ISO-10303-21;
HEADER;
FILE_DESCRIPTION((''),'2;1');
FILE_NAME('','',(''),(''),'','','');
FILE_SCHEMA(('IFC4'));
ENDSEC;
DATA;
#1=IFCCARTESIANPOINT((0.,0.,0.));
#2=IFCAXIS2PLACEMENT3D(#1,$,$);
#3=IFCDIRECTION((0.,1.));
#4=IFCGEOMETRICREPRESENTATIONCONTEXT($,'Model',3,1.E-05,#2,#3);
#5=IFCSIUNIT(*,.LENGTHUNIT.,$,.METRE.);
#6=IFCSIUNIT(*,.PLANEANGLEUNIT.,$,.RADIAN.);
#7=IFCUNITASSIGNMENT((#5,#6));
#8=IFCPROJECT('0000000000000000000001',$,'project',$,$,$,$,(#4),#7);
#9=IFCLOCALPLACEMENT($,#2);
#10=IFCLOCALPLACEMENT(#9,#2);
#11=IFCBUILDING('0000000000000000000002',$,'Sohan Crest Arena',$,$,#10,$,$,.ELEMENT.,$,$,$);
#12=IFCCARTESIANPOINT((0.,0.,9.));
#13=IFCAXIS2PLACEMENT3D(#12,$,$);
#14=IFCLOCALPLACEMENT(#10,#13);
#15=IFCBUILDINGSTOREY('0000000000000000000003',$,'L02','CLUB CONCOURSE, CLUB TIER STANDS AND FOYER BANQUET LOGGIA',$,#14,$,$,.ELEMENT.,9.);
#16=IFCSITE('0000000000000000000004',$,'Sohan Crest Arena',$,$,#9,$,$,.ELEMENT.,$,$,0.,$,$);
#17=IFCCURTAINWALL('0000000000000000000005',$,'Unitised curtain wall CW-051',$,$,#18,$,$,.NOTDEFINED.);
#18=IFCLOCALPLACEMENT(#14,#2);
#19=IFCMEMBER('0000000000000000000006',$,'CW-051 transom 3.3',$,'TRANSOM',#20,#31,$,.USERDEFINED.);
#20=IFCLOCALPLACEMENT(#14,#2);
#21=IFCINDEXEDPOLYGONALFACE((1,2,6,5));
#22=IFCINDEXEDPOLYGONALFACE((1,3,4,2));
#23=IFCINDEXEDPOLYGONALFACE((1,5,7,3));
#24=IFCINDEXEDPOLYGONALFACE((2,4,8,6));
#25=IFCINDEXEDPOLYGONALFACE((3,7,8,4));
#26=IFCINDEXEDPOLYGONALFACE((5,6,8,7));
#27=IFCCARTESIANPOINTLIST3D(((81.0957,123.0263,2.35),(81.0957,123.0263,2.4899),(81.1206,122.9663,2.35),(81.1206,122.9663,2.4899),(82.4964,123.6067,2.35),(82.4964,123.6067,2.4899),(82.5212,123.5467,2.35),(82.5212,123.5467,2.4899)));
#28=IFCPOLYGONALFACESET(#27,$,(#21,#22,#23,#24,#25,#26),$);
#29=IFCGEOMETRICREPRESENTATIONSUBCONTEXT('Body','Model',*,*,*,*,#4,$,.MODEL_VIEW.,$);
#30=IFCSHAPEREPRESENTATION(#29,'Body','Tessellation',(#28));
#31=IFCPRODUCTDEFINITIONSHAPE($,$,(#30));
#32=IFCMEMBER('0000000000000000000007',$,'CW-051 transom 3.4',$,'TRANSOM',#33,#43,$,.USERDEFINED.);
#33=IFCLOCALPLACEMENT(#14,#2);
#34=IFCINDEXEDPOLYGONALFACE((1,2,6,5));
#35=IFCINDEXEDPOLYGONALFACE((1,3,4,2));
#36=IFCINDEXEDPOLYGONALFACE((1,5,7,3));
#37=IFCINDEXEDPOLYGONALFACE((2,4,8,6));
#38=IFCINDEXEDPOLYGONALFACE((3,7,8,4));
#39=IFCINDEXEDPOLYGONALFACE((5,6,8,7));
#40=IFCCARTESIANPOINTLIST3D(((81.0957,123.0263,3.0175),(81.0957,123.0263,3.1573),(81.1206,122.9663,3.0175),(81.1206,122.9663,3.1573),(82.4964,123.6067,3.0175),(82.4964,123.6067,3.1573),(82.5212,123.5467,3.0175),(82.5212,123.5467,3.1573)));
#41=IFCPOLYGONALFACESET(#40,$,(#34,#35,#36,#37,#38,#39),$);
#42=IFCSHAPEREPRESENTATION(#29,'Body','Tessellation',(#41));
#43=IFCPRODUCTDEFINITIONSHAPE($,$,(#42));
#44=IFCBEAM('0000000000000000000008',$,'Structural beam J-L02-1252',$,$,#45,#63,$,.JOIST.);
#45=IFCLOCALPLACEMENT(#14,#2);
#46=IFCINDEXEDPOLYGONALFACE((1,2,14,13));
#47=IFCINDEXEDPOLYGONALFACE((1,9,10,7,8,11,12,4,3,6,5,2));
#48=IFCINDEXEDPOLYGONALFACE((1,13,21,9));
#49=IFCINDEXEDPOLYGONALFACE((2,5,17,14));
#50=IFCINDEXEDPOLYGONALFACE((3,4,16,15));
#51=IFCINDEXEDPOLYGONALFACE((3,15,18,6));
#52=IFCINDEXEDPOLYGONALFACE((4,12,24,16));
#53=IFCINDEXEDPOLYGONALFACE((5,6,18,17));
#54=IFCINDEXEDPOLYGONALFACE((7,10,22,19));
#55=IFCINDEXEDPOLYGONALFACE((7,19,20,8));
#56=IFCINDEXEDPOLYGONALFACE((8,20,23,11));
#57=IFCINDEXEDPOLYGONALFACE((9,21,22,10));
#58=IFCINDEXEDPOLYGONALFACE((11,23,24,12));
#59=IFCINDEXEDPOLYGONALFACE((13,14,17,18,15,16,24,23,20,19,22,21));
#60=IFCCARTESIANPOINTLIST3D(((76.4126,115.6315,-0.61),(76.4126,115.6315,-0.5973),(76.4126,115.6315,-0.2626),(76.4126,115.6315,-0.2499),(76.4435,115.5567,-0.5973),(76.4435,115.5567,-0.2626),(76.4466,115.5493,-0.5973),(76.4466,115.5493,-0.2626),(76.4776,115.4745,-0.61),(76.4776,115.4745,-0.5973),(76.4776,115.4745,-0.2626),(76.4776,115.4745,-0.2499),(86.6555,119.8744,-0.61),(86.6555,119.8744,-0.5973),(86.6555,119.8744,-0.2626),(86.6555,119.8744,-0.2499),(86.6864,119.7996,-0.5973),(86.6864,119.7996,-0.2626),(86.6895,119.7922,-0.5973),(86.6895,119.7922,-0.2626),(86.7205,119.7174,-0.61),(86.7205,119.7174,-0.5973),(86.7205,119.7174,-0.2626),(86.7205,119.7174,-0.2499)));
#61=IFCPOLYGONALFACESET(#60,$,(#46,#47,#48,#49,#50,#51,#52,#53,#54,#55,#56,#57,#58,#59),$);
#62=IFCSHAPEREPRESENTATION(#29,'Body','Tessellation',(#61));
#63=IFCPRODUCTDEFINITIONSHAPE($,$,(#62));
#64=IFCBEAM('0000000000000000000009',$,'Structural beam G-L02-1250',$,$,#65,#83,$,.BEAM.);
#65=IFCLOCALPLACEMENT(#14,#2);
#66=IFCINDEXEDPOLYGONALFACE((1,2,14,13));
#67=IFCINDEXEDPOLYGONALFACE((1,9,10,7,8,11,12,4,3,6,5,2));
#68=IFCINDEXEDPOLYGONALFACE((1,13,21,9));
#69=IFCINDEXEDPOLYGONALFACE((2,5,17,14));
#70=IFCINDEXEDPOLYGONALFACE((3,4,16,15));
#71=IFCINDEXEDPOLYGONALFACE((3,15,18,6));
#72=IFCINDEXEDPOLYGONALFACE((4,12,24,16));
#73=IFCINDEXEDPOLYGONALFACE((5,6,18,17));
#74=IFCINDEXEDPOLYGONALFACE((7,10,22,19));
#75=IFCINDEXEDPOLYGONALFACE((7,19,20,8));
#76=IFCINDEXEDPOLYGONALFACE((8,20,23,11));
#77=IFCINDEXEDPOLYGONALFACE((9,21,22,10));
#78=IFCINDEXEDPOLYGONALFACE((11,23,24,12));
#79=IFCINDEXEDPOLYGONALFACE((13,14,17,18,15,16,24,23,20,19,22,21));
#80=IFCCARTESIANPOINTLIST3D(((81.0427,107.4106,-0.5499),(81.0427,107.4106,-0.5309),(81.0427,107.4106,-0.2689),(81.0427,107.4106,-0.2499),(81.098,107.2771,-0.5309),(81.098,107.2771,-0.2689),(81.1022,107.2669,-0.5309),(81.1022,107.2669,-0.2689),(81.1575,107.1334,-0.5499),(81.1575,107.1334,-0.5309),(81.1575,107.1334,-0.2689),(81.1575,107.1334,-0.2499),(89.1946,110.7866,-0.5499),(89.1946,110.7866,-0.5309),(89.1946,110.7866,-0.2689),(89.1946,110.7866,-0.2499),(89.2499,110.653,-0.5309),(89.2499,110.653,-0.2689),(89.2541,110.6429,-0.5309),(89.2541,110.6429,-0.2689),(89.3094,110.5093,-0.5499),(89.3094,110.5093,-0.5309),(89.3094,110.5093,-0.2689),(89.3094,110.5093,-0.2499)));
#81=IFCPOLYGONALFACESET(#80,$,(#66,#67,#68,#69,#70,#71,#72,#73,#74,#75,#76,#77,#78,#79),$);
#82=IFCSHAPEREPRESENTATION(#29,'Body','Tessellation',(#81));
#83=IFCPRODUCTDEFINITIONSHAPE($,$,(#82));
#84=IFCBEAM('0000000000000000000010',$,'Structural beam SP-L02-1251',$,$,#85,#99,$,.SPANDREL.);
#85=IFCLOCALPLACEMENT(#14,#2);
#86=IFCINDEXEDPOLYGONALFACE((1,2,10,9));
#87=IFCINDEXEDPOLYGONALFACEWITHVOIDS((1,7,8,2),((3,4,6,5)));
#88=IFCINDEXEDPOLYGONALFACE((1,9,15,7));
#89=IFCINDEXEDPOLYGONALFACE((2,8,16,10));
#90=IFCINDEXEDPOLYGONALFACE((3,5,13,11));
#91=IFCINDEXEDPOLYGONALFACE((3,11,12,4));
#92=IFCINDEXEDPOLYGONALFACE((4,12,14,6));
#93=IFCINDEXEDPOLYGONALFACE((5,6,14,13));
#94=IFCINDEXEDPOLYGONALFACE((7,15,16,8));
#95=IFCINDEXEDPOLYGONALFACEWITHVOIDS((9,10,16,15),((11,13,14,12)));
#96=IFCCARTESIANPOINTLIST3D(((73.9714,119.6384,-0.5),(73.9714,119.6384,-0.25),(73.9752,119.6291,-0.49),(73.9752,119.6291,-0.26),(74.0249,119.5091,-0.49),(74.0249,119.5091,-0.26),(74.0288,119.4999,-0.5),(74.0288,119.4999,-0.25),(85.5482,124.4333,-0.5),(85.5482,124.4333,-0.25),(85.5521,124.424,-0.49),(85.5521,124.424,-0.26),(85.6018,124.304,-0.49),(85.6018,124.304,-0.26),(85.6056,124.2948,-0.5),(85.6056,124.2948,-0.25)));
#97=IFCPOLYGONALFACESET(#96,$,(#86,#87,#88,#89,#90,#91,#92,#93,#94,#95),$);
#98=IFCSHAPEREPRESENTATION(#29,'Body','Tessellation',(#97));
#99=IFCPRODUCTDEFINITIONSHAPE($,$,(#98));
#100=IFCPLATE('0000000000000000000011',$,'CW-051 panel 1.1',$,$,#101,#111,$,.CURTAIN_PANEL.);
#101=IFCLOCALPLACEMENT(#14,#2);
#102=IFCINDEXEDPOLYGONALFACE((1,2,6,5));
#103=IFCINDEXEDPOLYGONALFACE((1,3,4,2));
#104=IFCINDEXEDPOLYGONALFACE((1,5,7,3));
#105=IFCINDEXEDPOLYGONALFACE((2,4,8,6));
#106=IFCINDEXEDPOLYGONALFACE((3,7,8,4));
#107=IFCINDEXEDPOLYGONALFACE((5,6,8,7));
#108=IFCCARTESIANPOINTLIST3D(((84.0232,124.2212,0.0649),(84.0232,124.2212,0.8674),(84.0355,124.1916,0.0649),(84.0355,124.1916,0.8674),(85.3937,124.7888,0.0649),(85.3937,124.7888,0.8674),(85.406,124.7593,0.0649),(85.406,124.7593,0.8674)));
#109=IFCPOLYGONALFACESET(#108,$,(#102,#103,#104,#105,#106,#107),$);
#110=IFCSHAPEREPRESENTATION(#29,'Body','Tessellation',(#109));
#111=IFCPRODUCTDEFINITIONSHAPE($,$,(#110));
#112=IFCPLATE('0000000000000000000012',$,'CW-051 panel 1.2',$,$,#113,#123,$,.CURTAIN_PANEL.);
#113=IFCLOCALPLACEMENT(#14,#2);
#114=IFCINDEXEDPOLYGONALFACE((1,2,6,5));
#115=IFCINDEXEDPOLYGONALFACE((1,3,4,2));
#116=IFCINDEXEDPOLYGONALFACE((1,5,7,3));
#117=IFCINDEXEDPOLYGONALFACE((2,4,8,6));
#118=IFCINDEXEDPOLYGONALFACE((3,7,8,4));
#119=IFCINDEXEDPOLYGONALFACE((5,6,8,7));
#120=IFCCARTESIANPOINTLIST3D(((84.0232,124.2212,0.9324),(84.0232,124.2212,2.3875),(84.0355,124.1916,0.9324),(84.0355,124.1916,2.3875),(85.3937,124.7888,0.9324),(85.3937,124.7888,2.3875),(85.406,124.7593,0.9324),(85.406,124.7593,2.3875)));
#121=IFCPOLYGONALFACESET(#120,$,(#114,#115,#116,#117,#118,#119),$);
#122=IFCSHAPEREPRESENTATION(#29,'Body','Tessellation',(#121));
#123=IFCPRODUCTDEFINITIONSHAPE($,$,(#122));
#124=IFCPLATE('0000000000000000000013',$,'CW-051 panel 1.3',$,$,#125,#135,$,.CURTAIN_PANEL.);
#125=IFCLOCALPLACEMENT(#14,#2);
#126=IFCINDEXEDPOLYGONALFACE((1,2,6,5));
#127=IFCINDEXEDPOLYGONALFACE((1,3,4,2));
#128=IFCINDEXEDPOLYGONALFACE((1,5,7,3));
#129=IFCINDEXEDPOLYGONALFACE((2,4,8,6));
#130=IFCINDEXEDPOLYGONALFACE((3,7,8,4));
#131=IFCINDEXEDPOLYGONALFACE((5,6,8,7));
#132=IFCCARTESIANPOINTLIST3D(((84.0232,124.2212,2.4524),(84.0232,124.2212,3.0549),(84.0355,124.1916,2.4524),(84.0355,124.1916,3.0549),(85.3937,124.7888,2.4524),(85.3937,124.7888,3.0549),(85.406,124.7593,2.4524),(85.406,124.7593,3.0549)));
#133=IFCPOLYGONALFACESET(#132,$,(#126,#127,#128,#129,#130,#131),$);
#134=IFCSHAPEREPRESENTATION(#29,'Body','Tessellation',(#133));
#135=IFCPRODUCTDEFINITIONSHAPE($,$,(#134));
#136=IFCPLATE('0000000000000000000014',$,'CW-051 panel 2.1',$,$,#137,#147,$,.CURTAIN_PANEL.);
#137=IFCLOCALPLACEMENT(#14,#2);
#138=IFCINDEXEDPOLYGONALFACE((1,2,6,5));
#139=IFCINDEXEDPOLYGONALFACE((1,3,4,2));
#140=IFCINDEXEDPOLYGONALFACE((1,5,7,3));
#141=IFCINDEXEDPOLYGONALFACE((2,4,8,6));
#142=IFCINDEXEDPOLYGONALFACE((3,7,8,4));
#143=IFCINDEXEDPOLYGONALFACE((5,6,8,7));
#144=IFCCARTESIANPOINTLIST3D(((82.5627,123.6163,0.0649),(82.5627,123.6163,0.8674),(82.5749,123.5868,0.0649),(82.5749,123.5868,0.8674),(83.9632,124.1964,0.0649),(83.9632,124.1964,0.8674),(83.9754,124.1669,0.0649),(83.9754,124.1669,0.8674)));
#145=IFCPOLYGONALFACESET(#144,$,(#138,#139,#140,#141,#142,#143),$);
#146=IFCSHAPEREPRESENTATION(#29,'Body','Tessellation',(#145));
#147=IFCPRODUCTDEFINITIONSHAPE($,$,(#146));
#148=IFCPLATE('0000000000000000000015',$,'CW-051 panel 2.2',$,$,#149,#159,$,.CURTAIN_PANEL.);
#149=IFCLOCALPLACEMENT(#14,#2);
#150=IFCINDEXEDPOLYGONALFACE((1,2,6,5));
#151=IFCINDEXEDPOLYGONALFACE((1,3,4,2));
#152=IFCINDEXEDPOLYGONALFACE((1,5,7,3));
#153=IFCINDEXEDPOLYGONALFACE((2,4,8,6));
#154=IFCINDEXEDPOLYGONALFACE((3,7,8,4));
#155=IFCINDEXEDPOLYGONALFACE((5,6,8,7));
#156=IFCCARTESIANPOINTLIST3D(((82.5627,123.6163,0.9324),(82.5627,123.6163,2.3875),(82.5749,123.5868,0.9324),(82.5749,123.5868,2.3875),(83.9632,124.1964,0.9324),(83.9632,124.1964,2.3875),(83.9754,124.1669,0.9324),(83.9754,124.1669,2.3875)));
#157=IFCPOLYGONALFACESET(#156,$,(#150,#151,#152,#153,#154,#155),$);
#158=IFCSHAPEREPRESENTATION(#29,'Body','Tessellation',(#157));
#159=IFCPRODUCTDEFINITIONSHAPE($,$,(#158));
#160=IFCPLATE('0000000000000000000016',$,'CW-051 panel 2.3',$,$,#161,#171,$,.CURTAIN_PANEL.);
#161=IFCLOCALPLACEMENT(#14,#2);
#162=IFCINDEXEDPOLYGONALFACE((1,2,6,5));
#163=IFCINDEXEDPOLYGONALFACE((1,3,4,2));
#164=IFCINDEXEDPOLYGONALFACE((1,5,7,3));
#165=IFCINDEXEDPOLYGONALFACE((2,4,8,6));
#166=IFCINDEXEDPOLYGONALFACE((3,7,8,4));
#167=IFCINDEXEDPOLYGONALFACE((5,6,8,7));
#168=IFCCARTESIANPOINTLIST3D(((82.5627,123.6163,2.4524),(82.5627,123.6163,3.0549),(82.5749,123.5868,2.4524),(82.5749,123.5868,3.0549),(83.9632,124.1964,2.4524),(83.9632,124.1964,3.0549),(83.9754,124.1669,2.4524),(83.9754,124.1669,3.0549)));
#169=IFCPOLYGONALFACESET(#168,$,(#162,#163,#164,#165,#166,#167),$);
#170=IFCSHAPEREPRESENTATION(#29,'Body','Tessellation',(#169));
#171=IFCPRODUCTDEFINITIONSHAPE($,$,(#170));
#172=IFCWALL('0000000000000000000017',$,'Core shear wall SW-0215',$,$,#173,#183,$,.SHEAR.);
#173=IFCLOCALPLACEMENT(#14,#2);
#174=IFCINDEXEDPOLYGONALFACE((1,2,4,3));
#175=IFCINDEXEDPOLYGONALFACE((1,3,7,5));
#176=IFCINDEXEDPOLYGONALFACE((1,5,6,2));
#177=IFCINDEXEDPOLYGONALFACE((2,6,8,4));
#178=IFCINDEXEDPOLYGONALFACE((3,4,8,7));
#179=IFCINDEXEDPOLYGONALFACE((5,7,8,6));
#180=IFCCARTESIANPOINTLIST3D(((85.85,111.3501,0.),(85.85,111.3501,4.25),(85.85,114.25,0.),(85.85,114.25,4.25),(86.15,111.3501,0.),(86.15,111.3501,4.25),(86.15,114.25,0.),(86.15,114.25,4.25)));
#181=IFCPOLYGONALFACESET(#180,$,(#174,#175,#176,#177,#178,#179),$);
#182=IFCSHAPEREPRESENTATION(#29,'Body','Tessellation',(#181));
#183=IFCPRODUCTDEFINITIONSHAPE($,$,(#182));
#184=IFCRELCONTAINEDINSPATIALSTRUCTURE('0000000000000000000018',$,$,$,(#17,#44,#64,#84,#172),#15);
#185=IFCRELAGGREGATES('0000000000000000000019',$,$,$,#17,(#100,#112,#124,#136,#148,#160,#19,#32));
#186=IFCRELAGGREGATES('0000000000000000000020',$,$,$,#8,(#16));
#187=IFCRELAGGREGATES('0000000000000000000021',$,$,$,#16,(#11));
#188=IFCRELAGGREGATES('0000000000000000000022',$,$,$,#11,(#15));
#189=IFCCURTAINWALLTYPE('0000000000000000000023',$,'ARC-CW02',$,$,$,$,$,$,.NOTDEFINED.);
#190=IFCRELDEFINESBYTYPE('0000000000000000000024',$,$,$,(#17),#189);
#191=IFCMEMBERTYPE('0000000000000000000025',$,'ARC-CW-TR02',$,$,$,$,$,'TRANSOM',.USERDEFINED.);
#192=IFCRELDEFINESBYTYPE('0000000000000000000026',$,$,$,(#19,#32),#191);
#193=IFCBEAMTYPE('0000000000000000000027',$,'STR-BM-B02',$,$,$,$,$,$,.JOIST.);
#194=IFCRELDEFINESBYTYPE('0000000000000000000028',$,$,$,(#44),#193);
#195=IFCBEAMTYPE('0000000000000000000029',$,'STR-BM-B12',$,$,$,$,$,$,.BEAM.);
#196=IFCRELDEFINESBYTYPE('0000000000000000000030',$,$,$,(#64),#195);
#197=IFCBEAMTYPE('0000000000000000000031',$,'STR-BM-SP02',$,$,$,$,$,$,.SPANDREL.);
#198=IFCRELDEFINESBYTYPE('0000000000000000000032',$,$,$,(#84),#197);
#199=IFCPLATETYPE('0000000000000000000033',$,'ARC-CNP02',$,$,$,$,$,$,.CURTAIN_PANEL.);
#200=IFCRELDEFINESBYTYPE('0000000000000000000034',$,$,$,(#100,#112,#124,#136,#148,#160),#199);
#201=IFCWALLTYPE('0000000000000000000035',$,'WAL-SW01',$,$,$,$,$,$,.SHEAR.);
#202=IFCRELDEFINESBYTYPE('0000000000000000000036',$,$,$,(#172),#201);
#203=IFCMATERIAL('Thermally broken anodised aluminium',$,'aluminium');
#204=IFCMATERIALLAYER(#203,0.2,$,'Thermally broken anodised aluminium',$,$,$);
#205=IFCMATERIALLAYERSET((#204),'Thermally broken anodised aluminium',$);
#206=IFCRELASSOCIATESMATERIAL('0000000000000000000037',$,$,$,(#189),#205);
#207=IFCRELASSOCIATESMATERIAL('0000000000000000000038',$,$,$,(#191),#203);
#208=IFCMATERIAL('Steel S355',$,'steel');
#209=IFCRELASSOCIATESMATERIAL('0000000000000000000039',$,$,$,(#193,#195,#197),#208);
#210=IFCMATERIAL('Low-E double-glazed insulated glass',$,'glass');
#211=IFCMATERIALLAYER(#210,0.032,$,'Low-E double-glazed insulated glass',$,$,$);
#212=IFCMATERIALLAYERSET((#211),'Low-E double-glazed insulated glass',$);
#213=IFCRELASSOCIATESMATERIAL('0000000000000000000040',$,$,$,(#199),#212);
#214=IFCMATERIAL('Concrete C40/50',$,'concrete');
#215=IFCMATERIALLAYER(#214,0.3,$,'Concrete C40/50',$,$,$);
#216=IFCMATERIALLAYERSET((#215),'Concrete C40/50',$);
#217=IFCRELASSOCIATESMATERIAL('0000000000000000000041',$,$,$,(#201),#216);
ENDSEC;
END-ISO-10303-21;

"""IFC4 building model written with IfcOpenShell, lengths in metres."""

from ifc_helpers import new_model, si_unit, direction, frame, frame_2d, origin, origin_2d, place, context, subcontext, project, spatial, rectangle, hollow_rectangle, i_section, extrude, material, layer, layer_set, material_profile, profile_set, type_object, element, aggregate, save


model = new_model("IFC4")

# Units and contexts
model_context = context("Model", 3, precision=1e-05, world=origin(), true_north=direction((0.0, 1.0)))
body_context = subcontext(model_context, "Body", "Model", "MODEL_VIEW")
ifc_project = project(units=[si_unit("LENGTHUNIT", "METRE"), si_unit("PLANEANGLEUNIT", "RADIAN")], contexts=[model_context])

# Site, building, storey
site_placement = place(None, origin())
site = spatial("IfcSite", under=ifc_project, at=site_placement, Name="Sohan Crest Arena", CompositionType="ELEMENT", RefElevation=0.0)
building_placement = place(site_placement, origin())
building = spatial("IfcBuilding", under=site, at=building_placement, Name="Sohan Crest Arena", CompositionType="ELEMENT")
storey_placement = place(building_placement, frame((0.0, 0.0, 9.0)))
storey = spatial("IfcBuildingStorey", under=building, at=storey_placement, Name="L02", Description="CLUB CONCOURSE, CLUB TIER STANDS AND FOYER BANQUET LOGGIA", CompositionType="ELEMENT", Elevation=9.0)

# Shared definitions
ifc_material_1 = material(Name="Steel S355", Category="steel")

# Curtain wall, members
ifc_material_2 = material(Name="Thermally broken anodised aluminium", Category="aluminium")
ifc_layer_1 = layer(ifc_material_2, 0.2, Name="Thermally broken anodised aluminium")
ifc_layer_set_1 = layer_set([ifc_layer_1], Name="Thermally broken anodised aluminium")
curtain_wall_type = type_object("IfcCurtainWallType", Name="ARC-CW02", PredefinedType="NOTDEFINED", material=ifc_layer_set_1)
curtain_wall_placement = place(storey_placement, origin())
curtain_wall = element("IfcCurtainWall", 1, at=curtain_wall_placement, inside=storey, type_object=curtain_wall_type, Name="Unitised curtain wall CW-051", PredefinedType="NOTDEFINED")
ifc_material_profile_1 = material_profile(ifc_material_2, rectangle(XDim=0.0649, YDim=0.1399, at=origin_2d()), Name="ALU-TRAN 65x140")
ifc_profile_set_1 = profile_set([ifc_material_profile_1], Name="Thermally broken anodised aluminium")
member_type_1 = type_object("IfcMemberType", Name="ARC-CW-TR02", ElementType="TRANSOM", PredefinedType="USERDEFINED", material=ifc_profile_set_1)
member_1_placement = place(storey_placement, frame((82.5088, 123.5767, 2.4199), z_axis=(-0.923842, -0.382774, 0.0), x_axis=(0.382774, -0.923842, 0.0)))
member_1 = element("IfcMember", 2, at=member_1_placement, type_object=member_type_1, Name="CW-051 transom 3.3", ObjectType="TRANSOM", PredefinedType="USERDEFINED", context=body_context, shape_type="SweptSolid", body=[
    extrude(rectangle(XDim=0.0649, YDim=0.1399, at=origin_2d()), origin(), (0.0, 0.0, 1.0), 1.5161),
])
member_2_placement = place(storey_placement, frame((82.5088, 123.5767, 3.0874), z_axis=(-0.923842, -0.382774, 0.0), x_axis=(0.382774, -0.923842, 0.0)))
member_2 = element("IfcMember", 3, at=member_2_placement, type_object=member_type_1, Name="CW-051 transom 3.4", ObjectType="TRANSOM", PredefinedType="USERDEFINED", context=body_context, shape_type="SweptSolid", body=[
    extrude(rectangle(XDim=0.0649, YDim=0.1399, at=origin_2d()), origin(), (0.0, 0.0, 1.0), 1.5161),
])

# Beams
ifc_material_profile_2 = material_profile(ifc_material_1, i_section(OverallWidth=0.1699, OverallDepth=0.3601, WebThickness=0.0081, FlangeThickness=0.0127, at=origin_2d()), Name="IPE 360")
ifc_profile_set_2 = profile_set([ifc_material_profile_2], Name="Steel S355")
beam_type_1 = type_object("IfcBeamType", Name="STR-BM-B02", PredefinedType="JOIST", material=ifc_profile_set_2)
beam_1_placement = place(storey_placement, frame((86.688, 119.7959, -0.4299), z_axis=(-0.923874, -0.382696, 0.0), x_axis=(0.382696, -0.923874, 0.0)))
element("IfcBeam", 4, at=beam_1_placement, inside=storey, type_object=beam_type_1, Name="Structural beam J-L02-1252", PredefinedType="JOIST", context=body_context, shape_type="SweptSolid", body=[
    extrude(i_section(OverallWidth=0.1699, OverallDepth=0.3601, WebThickness=0.0081, FlangeThickness=0.0127, at=origin_2d()), origin(), (0.0, 0.0, 1.0), 11.0869),
])
ifc_material_profile_3 = material_profile(ifc_material_1, i_section(OverallWidth=0.3, OverallDepth=0.3, WebThickness=0.011, FlangeThickness=0.019, at=origin_2d()), Name="HEB 300")
ifc_profile_set_3 = profile_set([ifc_material_profile_3], Name="Steel S355")
beam_type_2 = type_object("IfcBeamType", Name="STR-BM-B12", PredefinedType="BEAM", material=ifc_profile_set_3)
beam_2_placement = place(storey_placement, frame((89.252, 110.6479, -0.3999), z_axis=(-0.923905, -0.382622, 0.0), x_axis=(0.382622, -0.923905, 0.0)))
element("IfcBeam", 5, at=beam_2_placement, inside=storey, type_object=beam_type_2, Name="Structural beam G-L02-1250", PredefinedType="BEAM", context=body_context, shape_type="SweptSolid", body=[
    extrude(i_section(OverallWidth=0.3, OverallDepth=0.3, WebThickness=0.011, FlangeThickness=0.019, at=origin_2d()), origin(), (0.0, 0.0, 1.0), 8.8232),
])
ifc_material_profile_4 = material_profile(ifc_material_1, hollow_rectangle(XDim=0.1499, YDim=0.25, WallThickness=0.01, at=origin_2d()), Name="RHS 250x150x10")
ifc_profile_set_4 = profile_set([ifc_material_profile_4], Name="Steel S355")
beam_type_3 = type_object("IfcBeamType", Name="STR-BM-SP02", PredefinedType="SPANDREL", material=ifc_profile_set_4)
beam_3_placement = place(storey_placement, frame((85.5769, 124.364, -0.375), z_axis=(-0.923891, -0.382657, 0.0), x_axis=(0.382657, -0.923891, 0.0)))
element("IfcBeam", 6, at=beam_3_placement, inside=storey, type_object=beam_type_3, Name="Structural beam SP-L02-1251", PredefinedType="SPANDREL", context=body_context, shape_type="SweptSolid", body=[
    extrude(hollow_rectangle(XDim=0.1499, YDim=0.25, WallThickness=0.01, at=origin_2d()), origin(), (0.0, 0.0, 1.0), 12.5305),
])

# Plates
ifc_material_3 = material(Name="Low-E double-glazed insulated glass", Category="glass")
ifc_layer_2 = layer(ifc_material_3, 0.032, Name="Low-E double-glazed insulated glass")
ifc_layer_set_2 = layer_set([ifc_layer_2], Name="Low-E double-glazed insulated glass")
plate_type = type_object("IfcPlateType", Name="ARC-CNP02", PredefinedType="CURTAIN_PANEL", material=ifc_layer_set_2)
plate_1_placement = place(storey_placement, frame((84.7146, 124.4902, 0.0649), z_axis=(0.0, 0.0, 1.0), x_axis=(-0.923882, -0.382678, 0.0)))
plate_1 = element("IfcPlate", 7, at=plate_1_placement, type_object=plate_type, Name="CW-051 panel 1.1", PredefinedType="CURTAIN_PANEL", context=body_context, shape_type="SweptSolid", body=[
    extrude(rectangle(XDim=1.4834, YDim=0.032, at=origin_2d()), origin(), (0.0, 0.0, 1.0), 0.8025),
])
plate_2_placement = place(storey_placement, frame((84.7146, 124.4902, 0.9324), z_axis=(0.0, 0.0, 1.0), x_axis=(-0.923882, -0.382678, 0.0)))
plate_2 = element("IfcPlate", 8, at=plate_2_placement, type_object=plate_type, Name="CW-051 panel 1.2", PredefinedType="CURTAIN_PANEL", context=body_context, shape_type="SweptSolid", body=[
    extrude(rectangle(XDim=1.4834, YDim=0.032, at=origin_2d()), origin(), (0.0, 0.0, 1.0), 1.4551),
])
plate_3_placement = place(storey_placement, frame((84.7146, 124.4902, 2.4524), z_axis=(0.0, 0.0, 1.0), x_axis=(-0.923882, -0.382678, 0.0)))
plate_3 = element("IfcPlate", 9, at=plate_3_placement, type_object=plate_type, Name="CW-051 panel 1.3", PredefinedType="CURTAIN_PANEL", context=body_context, shape_type="SweptSolid", body=[
    extrude(rectangle(XDim=1.4834, YDim=0.032, at=origin_2d()), origin(), (0.0, 0.0, 1.0), 0.6025),
])
plate_4_placement = place(storey_placement, frame((83.269, 123.8916, 0.0649), z_axis=(0.0, 0.0, 1.0), x_axis=(-0.923882, -0.382678, 0.0)))
plate_4 = element("IfcPlate", 10, at=plate_4_placement, type_object=plate_type, Name="CW-051 panel 2.1", PredefinedType="CURTAIN_PANEL", context=body_context, shape_type="SweptSolid", body=[
    extrude(rectangle(XDim=1.5159, YDim=0.032, at=origin_2d()), origin(), (0.0, 0.0, 1.0), 0.8025),
])
plate_5_placement = place(storey_placement, frame((83.269, 123.8916, 0.9324), z_axis=(0.0, 0.0, 1.0), x_axis=(-0.923882, -0.382678, 0.0)))
plate_5 = element("IfcPlate", 11, at=plate_5_placement, type_object=plate_type, Name="CW-051 panel 2.2", PredefinedType="CURTAIN_PANEL", context=body_context, shape_type="SweptSolid", body=[
    extrude(rectangle(XDim=1.5159, YDim=0.032, at=origin_2d()), origin(), (0.0, 0.0, 1.0), 1.4551),
])
plate_6_placement = place(storey_placement, frame((83.269, 123.8916, 2.4524), z_axis=(0.0, 0.0, 1.0), x_axis=(-0.923882, -0.382678, 0.0)))
plate_6 = element("IfcPlate", 12, at=plate_6_placement, type_object=plate_type, Name="CW-051 panel 2.3", PredefinedType="CURTAIN_PANEL", context=body_context, shape_type="SweptSolid", body=[
    extrude(rectangle(XDim=1.5159, YDim=0.032, at=origin_2d()), origin(), (0.0, 0.0, 1.0), 0.6025),
])
aggregate(curtain_wall, [plate_1, plate_2, plate_3, plate_4, plate_5, plate_6, member_1, member_2])

# Wall
ifc_material_4 = material(Name="Concrete C40/50", Category="concrete")
ifc_layer_3 = layer(ifc_material_4, 0.3, Name="Concrete C40/50")
ifc_layer_set_3 = layer_set([ifc_layer_3], Name="Concrete C40/50")
wall_type = type_object("IfcWallType", Name="WAL-SW01", PredefinedType="SHEAR", material=ifc_layer_set_3)
wall_1_placement = place(storey_placement, frame((86.0, 111.3501, 0.0), z_axis=(0.0, 0.0, 1.0), x_axis=(0.0, 1.0, 0.0)))
element("IfcWall", 13, at=wall_1_placement, inside=storey, type_object=wall_type, Name="Core shear wall SW-0215", PredefinedType="SHEAR", context=body_context, shape_type="SweptSolid", body=[
    extrude(rectangle(XDim=2.8999, YDim=0.3, at=frame_2d((1.45, 0.0))), origin(), (0.0, 0.0, 1.0), 4.25),
])

save(model, "model.ifc")
